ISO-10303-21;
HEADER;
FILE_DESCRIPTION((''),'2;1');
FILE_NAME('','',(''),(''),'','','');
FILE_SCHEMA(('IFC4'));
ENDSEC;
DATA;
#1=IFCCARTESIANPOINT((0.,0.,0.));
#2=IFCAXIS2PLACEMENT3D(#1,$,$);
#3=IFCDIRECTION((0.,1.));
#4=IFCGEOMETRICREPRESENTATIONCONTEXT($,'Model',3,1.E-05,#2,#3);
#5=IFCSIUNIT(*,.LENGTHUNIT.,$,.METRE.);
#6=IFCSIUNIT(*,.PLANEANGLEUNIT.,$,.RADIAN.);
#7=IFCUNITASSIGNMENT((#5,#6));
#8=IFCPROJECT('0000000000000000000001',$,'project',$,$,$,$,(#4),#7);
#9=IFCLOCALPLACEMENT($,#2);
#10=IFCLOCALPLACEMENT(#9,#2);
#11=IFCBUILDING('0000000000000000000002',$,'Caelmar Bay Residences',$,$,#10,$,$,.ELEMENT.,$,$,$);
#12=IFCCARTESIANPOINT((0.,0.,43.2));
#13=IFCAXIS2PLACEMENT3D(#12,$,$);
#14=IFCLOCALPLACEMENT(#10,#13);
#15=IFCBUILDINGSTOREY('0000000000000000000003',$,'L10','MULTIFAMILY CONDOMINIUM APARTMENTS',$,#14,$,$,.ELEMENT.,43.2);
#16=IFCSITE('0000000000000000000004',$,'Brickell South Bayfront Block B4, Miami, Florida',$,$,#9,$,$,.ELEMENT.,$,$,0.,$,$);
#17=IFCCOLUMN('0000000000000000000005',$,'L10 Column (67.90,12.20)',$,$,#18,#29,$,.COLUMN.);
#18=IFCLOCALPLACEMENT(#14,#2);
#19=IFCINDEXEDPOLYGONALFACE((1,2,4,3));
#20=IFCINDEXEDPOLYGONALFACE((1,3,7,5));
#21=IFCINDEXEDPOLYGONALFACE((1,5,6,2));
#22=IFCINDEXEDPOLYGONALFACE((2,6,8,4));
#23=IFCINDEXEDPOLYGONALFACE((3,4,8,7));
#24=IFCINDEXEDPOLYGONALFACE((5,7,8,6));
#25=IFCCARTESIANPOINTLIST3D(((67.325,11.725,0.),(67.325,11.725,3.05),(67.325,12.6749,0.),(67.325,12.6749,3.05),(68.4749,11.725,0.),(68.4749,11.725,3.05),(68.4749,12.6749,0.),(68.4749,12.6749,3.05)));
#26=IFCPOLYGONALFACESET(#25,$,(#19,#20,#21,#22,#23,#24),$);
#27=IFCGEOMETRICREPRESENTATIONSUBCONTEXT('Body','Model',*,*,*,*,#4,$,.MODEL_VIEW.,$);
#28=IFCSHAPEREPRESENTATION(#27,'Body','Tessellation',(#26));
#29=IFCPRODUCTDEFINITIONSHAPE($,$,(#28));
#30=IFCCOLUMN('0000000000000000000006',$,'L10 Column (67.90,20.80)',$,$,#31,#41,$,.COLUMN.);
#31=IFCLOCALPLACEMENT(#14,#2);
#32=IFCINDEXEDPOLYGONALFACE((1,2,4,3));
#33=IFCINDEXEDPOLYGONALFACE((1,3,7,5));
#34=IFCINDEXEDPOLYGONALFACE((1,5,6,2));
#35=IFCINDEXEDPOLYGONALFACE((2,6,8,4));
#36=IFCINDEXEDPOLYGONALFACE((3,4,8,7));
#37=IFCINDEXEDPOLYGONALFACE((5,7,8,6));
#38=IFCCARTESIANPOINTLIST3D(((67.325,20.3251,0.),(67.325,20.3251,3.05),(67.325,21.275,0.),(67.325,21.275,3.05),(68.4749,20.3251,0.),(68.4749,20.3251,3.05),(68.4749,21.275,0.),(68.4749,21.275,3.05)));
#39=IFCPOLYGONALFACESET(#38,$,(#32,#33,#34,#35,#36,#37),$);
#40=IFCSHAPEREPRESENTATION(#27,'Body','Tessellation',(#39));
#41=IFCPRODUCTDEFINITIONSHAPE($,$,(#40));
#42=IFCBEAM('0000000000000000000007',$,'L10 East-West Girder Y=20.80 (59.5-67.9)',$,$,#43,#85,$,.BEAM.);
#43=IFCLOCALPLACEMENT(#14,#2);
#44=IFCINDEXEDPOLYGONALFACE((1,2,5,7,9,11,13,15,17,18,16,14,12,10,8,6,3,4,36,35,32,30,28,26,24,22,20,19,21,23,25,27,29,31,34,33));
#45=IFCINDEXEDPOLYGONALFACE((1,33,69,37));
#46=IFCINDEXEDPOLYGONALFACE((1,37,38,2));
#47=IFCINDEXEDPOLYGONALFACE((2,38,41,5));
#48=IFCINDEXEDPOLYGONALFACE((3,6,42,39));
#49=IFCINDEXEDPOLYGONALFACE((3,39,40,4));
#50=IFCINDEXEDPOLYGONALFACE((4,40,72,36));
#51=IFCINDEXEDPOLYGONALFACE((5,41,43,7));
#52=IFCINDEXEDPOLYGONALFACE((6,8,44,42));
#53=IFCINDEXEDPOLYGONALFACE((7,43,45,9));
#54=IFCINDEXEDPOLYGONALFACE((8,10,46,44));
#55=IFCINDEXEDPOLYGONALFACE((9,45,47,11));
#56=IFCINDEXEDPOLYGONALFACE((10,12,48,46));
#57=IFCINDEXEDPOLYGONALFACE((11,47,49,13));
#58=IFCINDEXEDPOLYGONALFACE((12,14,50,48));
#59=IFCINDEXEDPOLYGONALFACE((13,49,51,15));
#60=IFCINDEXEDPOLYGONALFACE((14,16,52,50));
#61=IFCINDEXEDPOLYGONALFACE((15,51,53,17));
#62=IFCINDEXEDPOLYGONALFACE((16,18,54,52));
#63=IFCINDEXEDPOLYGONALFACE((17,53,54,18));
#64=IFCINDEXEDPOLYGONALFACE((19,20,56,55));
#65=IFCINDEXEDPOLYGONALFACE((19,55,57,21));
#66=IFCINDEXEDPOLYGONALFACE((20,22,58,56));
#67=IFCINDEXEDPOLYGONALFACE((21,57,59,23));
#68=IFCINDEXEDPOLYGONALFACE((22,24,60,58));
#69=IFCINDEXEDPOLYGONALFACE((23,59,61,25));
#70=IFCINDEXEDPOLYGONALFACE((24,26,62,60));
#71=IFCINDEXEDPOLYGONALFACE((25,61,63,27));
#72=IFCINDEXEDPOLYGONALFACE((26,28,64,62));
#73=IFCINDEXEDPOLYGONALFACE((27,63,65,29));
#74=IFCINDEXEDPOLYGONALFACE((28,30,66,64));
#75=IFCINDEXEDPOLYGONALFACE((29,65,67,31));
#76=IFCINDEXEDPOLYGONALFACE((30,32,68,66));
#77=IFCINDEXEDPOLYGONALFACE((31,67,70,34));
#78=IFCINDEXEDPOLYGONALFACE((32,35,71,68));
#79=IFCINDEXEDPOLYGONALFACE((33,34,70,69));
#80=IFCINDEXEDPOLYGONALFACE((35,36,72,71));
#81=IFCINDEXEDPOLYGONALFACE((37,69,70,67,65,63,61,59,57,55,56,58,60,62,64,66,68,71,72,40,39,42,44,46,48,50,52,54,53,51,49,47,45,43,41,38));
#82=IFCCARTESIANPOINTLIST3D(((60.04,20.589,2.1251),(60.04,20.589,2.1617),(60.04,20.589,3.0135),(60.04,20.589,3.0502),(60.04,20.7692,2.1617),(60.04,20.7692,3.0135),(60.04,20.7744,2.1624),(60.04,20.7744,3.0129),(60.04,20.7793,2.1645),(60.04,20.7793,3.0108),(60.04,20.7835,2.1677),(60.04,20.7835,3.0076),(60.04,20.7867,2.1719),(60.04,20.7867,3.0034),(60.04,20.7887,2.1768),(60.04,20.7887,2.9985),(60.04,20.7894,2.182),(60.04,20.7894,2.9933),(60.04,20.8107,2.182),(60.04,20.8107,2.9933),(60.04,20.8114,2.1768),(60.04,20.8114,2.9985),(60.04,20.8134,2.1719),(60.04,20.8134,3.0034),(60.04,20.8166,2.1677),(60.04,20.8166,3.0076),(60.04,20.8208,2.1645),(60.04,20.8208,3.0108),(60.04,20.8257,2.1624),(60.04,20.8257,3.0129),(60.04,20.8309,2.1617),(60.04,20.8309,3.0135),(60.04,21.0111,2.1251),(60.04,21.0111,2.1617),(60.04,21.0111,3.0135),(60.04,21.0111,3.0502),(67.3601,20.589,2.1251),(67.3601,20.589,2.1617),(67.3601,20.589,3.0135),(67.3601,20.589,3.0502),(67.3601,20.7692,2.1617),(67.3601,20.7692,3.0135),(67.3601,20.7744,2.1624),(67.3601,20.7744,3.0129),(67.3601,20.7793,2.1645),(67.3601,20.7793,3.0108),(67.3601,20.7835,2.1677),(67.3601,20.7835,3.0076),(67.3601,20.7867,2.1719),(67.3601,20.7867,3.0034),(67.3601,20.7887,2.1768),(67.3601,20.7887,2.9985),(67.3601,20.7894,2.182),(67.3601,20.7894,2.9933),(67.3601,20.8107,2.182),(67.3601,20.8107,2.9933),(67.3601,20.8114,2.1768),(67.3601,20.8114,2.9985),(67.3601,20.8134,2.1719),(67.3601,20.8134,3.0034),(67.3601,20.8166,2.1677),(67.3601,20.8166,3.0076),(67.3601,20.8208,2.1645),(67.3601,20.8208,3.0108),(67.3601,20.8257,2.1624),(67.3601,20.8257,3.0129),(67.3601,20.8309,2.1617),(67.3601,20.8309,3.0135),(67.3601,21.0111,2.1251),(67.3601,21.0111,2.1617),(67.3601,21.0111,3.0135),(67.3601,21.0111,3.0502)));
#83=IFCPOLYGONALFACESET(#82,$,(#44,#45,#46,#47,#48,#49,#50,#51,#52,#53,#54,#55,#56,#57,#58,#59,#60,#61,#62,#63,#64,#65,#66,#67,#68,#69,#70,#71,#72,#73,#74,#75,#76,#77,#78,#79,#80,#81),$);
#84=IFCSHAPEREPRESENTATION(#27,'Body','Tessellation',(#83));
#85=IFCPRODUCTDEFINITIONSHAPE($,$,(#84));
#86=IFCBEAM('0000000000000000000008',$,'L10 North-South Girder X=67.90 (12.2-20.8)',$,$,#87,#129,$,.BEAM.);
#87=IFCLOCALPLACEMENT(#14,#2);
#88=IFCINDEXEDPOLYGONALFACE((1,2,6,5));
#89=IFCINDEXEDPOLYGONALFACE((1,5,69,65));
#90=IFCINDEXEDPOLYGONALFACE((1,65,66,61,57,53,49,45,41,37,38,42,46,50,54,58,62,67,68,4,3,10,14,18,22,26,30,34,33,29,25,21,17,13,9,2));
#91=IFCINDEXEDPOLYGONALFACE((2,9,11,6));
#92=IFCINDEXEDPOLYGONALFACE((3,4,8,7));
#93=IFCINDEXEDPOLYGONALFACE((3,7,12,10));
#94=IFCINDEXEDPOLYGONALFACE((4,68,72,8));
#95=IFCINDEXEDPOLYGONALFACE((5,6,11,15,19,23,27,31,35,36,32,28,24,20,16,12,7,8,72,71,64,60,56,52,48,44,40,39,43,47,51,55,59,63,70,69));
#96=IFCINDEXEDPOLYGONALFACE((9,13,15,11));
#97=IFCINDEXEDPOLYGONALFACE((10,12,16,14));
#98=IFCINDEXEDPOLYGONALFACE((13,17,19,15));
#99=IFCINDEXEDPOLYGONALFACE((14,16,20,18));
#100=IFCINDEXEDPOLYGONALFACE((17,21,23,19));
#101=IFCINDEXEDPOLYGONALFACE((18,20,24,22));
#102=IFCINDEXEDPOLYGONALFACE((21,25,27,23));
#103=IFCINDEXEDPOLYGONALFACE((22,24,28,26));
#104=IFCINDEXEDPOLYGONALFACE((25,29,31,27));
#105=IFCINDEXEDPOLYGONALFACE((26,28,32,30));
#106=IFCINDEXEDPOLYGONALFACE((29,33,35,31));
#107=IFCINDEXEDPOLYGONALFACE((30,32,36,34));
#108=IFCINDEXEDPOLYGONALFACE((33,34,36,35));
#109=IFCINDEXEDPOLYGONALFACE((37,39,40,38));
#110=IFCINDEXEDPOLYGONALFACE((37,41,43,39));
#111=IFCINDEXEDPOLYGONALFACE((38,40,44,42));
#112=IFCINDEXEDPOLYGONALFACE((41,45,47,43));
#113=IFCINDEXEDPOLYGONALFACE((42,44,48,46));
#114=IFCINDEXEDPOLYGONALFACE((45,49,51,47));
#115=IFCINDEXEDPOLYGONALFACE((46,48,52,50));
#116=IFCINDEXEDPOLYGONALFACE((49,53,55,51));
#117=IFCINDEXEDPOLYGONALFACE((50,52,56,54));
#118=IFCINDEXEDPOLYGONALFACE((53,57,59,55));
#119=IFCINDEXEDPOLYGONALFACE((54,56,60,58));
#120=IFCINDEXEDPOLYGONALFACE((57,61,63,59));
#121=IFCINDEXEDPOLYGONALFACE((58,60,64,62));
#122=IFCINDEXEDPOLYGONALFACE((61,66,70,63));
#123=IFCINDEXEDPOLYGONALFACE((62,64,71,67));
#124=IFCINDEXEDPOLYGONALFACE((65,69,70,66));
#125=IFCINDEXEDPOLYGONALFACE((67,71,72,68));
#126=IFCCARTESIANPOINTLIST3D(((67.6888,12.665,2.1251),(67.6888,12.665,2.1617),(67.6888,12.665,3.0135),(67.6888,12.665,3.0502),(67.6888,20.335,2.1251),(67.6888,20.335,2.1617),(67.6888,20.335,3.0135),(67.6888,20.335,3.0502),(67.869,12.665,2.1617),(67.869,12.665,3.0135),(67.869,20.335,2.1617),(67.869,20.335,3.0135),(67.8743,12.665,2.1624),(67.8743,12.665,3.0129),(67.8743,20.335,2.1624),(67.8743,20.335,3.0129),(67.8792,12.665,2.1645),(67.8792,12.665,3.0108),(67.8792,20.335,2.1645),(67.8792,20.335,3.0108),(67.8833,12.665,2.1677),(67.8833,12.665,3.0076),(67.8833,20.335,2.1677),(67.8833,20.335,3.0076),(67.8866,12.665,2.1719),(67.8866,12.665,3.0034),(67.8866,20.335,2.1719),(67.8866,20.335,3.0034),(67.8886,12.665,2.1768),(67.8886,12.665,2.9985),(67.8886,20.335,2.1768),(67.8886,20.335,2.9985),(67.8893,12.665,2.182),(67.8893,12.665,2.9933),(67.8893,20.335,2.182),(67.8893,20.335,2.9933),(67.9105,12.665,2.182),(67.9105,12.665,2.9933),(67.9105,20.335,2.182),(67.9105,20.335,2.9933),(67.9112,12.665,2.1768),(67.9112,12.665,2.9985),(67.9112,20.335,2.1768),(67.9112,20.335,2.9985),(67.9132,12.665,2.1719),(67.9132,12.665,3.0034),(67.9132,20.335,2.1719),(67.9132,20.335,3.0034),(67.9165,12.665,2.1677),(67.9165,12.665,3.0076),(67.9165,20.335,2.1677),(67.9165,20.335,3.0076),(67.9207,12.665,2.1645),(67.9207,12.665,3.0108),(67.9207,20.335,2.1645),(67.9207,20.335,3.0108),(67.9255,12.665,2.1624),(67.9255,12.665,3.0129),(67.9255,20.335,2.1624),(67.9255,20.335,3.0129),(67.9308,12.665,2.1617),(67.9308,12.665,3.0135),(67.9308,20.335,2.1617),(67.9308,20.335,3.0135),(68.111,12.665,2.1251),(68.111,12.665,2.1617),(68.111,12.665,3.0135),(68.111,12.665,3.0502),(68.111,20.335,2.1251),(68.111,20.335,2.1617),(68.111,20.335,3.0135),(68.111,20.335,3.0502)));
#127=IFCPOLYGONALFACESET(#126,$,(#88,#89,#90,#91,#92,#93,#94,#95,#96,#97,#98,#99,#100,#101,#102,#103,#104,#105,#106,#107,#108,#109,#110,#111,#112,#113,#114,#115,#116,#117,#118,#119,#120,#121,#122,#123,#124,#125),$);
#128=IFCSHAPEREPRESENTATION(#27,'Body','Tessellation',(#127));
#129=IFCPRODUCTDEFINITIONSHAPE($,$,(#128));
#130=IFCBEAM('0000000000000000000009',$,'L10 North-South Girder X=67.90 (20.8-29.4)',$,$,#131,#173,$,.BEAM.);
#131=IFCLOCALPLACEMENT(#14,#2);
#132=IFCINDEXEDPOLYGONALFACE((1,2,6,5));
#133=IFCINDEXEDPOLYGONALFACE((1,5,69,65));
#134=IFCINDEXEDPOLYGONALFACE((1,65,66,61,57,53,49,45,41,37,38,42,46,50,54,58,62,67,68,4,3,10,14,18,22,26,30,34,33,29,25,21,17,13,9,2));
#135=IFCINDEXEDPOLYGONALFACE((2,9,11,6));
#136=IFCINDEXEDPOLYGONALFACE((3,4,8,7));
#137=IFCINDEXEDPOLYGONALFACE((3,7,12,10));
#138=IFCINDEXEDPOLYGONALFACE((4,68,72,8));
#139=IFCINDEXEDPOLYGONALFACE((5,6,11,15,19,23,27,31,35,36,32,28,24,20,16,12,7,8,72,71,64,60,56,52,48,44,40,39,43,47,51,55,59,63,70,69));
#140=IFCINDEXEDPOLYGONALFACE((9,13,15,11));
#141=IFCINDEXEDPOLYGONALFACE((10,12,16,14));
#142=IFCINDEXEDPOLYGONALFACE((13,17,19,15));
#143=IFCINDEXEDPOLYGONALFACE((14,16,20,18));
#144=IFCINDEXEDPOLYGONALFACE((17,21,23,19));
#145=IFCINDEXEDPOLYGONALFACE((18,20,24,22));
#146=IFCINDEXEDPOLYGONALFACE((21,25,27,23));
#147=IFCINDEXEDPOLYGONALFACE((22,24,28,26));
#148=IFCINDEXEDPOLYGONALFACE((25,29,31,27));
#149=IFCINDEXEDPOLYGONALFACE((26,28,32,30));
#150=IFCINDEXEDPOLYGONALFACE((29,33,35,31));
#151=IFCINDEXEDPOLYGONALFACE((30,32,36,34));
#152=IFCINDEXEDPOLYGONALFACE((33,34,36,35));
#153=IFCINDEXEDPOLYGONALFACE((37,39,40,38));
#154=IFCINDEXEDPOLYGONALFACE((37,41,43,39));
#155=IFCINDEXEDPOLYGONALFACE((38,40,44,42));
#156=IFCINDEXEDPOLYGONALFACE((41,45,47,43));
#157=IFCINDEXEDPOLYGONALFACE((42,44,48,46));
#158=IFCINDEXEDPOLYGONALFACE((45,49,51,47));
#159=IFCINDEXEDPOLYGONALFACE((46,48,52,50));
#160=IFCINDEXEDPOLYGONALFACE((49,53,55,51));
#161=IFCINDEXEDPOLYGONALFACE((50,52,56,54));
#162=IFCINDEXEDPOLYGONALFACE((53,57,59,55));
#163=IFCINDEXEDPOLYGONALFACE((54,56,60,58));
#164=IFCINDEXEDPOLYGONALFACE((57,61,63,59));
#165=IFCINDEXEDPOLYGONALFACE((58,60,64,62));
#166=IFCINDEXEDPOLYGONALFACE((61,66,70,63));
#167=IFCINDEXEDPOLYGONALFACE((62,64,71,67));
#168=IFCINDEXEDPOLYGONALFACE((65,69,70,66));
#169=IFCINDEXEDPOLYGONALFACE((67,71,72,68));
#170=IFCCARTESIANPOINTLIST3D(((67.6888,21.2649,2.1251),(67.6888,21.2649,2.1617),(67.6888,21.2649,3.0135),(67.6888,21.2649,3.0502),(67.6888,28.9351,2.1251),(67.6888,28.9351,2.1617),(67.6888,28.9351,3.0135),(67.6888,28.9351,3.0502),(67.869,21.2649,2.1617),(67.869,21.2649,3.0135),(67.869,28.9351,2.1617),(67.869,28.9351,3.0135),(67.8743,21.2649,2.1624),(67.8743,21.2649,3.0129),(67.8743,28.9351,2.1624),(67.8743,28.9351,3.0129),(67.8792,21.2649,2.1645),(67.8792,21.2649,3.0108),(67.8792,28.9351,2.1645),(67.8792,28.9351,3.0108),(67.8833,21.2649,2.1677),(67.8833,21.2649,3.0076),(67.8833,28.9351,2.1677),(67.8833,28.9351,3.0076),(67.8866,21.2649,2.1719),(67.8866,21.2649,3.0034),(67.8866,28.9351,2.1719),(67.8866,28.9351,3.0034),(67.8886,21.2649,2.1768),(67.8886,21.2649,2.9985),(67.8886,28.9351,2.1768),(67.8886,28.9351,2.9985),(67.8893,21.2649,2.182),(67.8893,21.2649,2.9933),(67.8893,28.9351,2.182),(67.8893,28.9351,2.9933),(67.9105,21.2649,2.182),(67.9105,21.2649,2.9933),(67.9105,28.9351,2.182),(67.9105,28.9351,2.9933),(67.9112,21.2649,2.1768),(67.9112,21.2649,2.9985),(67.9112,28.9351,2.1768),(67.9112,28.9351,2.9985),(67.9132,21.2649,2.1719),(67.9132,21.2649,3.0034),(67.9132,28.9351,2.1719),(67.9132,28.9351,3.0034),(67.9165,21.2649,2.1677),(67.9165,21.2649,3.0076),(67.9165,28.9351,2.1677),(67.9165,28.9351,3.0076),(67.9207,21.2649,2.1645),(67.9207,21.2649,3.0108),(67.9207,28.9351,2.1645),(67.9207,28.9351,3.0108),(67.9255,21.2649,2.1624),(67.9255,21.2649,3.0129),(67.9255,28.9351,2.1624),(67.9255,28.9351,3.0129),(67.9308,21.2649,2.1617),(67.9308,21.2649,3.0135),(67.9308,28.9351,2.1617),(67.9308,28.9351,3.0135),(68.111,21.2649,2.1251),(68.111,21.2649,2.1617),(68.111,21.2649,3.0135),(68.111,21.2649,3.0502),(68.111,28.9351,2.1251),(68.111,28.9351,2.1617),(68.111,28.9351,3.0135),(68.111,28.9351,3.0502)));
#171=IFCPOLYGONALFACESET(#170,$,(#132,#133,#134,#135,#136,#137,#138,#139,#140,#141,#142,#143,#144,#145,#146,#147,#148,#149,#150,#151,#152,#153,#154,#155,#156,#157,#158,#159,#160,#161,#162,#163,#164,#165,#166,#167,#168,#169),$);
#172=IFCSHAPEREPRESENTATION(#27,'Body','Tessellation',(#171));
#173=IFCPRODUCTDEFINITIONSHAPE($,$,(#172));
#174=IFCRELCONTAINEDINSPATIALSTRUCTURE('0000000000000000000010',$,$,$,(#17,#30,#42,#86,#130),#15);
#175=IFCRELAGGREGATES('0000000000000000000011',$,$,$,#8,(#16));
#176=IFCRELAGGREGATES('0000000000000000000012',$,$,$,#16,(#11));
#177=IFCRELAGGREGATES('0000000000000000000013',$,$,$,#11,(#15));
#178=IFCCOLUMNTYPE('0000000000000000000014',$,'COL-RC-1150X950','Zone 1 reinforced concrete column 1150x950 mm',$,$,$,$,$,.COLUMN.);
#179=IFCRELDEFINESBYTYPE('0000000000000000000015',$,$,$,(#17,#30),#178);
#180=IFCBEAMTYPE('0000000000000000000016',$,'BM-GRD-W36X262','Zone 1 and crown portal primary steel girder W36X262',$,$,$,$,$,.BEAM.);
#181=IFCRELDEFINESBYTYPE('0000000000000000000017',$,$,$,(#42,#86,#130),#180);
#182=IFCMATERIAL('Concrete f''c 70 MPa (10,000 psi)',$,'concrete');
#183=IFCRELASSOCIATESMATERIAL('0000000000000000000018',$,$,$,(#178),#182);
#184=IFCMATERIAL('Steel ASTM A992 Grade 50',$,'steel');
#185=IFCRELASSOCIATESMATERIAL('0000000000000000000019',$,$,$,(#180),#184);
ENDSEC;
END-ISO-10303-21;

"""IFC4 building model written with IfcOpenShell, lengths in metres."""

from ifc_helpers import new_model, si_unit, direction, frame, origin, origin_2d, place, context, subcontext, project, spatial, rectangle, i_section, extrude, material, material_profile, profile_set, type_object, element, save


model = new_model("IFC4")

# Units and contexts
model_context = context("Model", 3, precision=1e-05, world=origin(), true_north=direction((0.0, 1.0)))
body_context = subcontext(model_context, "Body", "Model", "MODEL_VIEW")
ifc_project = project(units=[si_unit("LENGTHUNIT", "METRE"), si_unit("PLANEANGLEUNIT", "RADIAN")], contexts=[model_context])

# Site, building, storey
site_placement = place(None, origin())
site = spatial("IfcSite", under=ifc_project, at=site_placement, Name="Brickell South Bayfront Block B4, Miami, Florida", CompositionType="ELEMENT", RefElevation=0.0)
building_placement = place(site_placement, origin())
building = spatial("IfcBuilding", under=site, at=building_placement, Name="Caelmar Bay Residences", CompositionType="ELEMENT")
storey_placement = place(building_placement, frame((0.0, 0.0, 43.2)))
storey = spatial("IfcBuildingStorey", under=building, at=storey_placement, Name="L10", Description="MULTIFAMILY CONDOMINIUM APARTMENTS", CompositionType="ELEMENT", Elevation=43.2)

# Columns
ifc_material_1 = material(Name="Concrete f'c 70 MPa (10,000 psi)", Category="concrete")
ifc_material_profile_1 = material_profile(ifc_material_1, rectangle(XDim=1.1499, YDim=0.95, at=origin_2d()), Name="RC-COL-1150X950")
ifc_profile_set_1 = profile_set([ifc_material_profile_1], Name="Concrete f'c 70 MPa (10,000 psi)")
column_type = type_object("IfcColumnType", Name="COL-RC-1150X950", Description="Zone 1 reinforced concrete column 1150x950 mm", PredefinedType="COLUMN", material=ifc_profile_set_1)
for number, where, z_axis, x_axis, name in (
    (1, (67.8999, 12.2, 0.0), (0.0, 0.0, 1.0), (1.0, 0.0, 0.0), "L10 Column (67.90,12.20)"),
    (2, (67.8999, 20.8, 0.0), (0.0, 0.0, 1.0), (1.0, 0.0, 0.0), "L10 Column (67.90,20.80)"),
):
    element("IfcColumn", number, at=place(storey_placement, frame(where, z_axis=z_axis, x_axis=x_axis)), inside=storey, type_object=column_type, Name=name, PredefinedType="COLUMN", context=body_context, shape_type="SweptSolid", body=[
        extrude(rectangle(XDim=1.1499, YDim=0.95, at=origin_2d()), origin(), (0.0, 0.0, 1.0), 3.05),
    ])

# Beams
ifc_material_2 = material(Name="Steel ASTM A992 Grade 50", Category="steel")
ifc_material_profile_2 = material_profile(ifc_material_2, i_section(OverallWidth=0.4221, OverallDepth=0.925, WebThickness=0.0212, FlangeThickness=0.0366, FilletRadius=0.0203, at=origin_2d()), Name="W36X262")
ifc_profile_set_2 = profile_set([ifc_material_profile_2], Name="Steel ASTM A992 Grade 50")
beam_type_1 = type_object("IfcBeamType", Name="BM-GRD-W36X262", Description="Zone 1 and crown portal primary steel girder W36X262", PredefinedType="BEAM", material=ifc_profile_set_2)
beam_1_placement = place(storey_placement, frame((60.04, 20.8, 2.5876), z_axis=(1.0, 0.0, 0.0), x_axis=(0.0, 1.0, 0.0)))
element("IfcBeam", 3, at=beam_1_placement, inside=storey, type_object=beam_type_1, Name="L10 East-West Girder Y=20.80 (59.5-67.9)", PredefinedType="BEAM", context=body_context, shape_type="SweptSolid", body=[
    extrude(i_section(OverallWidth=0.4221, OverallDepth=0.925, WebThickness=0.0212, FlangeThickness=0.0366, FilletRadius=0.0203, at=origin_2d()), origin(), (0.0, 0.0, 1.0), 7.3201),
])
beam_2_placement = place(storey_placement, frame((67.8999, 12.665, 2.5876), z_axis=(0.0, 1.0, 0.0), x_axis=(-1.0, 0.0, 0.0)))
element("IfcBeam", 4, at=beam_2_placement, inside=storey, type_object=beam_type_1, Name="L10 North-South Girder X=67.90 (12.2-20.8)", PredefinedType="BEAM", context=body_context, shape_type="SweptSolid", body=[
    extrude(i_section(OverallWidth=0.4221, OverallDepth=0.925, WebThickness=0.0212, FlangeThickness=0.0366, FilletRadius=0.0203, at=origin_2d()), origin(), (0.0, 0.0, 1.0), 7.6699),
])
beam_3_placement = place(storey_placement, frame((67.8999, 21.2649, 2.5876), z_axis=(0.0, 1.0, 0.0), x_axis=(-1.0, 0.0, 0.0)))
element("IfcBeam", 5, at=beam_3_placement, inside=storey, type_object=beam_type_1, Name="L10 North-South Girder X=67.90 (20.8-29.4)", PredefinedType="BEAM", context=body_context, shape_type="SweptSolid", body=[
    extrude(i_section(OverallWidth=0.4221, OverallDepth=0.925, WebThickness=0.0212, FlangeThickness=0.0366, FilletRadius=0.0203, at=origin_2d()), origin(), (0.0, 0.0, 1.0), 7.6702),
])

save(model, "model.ifc")
